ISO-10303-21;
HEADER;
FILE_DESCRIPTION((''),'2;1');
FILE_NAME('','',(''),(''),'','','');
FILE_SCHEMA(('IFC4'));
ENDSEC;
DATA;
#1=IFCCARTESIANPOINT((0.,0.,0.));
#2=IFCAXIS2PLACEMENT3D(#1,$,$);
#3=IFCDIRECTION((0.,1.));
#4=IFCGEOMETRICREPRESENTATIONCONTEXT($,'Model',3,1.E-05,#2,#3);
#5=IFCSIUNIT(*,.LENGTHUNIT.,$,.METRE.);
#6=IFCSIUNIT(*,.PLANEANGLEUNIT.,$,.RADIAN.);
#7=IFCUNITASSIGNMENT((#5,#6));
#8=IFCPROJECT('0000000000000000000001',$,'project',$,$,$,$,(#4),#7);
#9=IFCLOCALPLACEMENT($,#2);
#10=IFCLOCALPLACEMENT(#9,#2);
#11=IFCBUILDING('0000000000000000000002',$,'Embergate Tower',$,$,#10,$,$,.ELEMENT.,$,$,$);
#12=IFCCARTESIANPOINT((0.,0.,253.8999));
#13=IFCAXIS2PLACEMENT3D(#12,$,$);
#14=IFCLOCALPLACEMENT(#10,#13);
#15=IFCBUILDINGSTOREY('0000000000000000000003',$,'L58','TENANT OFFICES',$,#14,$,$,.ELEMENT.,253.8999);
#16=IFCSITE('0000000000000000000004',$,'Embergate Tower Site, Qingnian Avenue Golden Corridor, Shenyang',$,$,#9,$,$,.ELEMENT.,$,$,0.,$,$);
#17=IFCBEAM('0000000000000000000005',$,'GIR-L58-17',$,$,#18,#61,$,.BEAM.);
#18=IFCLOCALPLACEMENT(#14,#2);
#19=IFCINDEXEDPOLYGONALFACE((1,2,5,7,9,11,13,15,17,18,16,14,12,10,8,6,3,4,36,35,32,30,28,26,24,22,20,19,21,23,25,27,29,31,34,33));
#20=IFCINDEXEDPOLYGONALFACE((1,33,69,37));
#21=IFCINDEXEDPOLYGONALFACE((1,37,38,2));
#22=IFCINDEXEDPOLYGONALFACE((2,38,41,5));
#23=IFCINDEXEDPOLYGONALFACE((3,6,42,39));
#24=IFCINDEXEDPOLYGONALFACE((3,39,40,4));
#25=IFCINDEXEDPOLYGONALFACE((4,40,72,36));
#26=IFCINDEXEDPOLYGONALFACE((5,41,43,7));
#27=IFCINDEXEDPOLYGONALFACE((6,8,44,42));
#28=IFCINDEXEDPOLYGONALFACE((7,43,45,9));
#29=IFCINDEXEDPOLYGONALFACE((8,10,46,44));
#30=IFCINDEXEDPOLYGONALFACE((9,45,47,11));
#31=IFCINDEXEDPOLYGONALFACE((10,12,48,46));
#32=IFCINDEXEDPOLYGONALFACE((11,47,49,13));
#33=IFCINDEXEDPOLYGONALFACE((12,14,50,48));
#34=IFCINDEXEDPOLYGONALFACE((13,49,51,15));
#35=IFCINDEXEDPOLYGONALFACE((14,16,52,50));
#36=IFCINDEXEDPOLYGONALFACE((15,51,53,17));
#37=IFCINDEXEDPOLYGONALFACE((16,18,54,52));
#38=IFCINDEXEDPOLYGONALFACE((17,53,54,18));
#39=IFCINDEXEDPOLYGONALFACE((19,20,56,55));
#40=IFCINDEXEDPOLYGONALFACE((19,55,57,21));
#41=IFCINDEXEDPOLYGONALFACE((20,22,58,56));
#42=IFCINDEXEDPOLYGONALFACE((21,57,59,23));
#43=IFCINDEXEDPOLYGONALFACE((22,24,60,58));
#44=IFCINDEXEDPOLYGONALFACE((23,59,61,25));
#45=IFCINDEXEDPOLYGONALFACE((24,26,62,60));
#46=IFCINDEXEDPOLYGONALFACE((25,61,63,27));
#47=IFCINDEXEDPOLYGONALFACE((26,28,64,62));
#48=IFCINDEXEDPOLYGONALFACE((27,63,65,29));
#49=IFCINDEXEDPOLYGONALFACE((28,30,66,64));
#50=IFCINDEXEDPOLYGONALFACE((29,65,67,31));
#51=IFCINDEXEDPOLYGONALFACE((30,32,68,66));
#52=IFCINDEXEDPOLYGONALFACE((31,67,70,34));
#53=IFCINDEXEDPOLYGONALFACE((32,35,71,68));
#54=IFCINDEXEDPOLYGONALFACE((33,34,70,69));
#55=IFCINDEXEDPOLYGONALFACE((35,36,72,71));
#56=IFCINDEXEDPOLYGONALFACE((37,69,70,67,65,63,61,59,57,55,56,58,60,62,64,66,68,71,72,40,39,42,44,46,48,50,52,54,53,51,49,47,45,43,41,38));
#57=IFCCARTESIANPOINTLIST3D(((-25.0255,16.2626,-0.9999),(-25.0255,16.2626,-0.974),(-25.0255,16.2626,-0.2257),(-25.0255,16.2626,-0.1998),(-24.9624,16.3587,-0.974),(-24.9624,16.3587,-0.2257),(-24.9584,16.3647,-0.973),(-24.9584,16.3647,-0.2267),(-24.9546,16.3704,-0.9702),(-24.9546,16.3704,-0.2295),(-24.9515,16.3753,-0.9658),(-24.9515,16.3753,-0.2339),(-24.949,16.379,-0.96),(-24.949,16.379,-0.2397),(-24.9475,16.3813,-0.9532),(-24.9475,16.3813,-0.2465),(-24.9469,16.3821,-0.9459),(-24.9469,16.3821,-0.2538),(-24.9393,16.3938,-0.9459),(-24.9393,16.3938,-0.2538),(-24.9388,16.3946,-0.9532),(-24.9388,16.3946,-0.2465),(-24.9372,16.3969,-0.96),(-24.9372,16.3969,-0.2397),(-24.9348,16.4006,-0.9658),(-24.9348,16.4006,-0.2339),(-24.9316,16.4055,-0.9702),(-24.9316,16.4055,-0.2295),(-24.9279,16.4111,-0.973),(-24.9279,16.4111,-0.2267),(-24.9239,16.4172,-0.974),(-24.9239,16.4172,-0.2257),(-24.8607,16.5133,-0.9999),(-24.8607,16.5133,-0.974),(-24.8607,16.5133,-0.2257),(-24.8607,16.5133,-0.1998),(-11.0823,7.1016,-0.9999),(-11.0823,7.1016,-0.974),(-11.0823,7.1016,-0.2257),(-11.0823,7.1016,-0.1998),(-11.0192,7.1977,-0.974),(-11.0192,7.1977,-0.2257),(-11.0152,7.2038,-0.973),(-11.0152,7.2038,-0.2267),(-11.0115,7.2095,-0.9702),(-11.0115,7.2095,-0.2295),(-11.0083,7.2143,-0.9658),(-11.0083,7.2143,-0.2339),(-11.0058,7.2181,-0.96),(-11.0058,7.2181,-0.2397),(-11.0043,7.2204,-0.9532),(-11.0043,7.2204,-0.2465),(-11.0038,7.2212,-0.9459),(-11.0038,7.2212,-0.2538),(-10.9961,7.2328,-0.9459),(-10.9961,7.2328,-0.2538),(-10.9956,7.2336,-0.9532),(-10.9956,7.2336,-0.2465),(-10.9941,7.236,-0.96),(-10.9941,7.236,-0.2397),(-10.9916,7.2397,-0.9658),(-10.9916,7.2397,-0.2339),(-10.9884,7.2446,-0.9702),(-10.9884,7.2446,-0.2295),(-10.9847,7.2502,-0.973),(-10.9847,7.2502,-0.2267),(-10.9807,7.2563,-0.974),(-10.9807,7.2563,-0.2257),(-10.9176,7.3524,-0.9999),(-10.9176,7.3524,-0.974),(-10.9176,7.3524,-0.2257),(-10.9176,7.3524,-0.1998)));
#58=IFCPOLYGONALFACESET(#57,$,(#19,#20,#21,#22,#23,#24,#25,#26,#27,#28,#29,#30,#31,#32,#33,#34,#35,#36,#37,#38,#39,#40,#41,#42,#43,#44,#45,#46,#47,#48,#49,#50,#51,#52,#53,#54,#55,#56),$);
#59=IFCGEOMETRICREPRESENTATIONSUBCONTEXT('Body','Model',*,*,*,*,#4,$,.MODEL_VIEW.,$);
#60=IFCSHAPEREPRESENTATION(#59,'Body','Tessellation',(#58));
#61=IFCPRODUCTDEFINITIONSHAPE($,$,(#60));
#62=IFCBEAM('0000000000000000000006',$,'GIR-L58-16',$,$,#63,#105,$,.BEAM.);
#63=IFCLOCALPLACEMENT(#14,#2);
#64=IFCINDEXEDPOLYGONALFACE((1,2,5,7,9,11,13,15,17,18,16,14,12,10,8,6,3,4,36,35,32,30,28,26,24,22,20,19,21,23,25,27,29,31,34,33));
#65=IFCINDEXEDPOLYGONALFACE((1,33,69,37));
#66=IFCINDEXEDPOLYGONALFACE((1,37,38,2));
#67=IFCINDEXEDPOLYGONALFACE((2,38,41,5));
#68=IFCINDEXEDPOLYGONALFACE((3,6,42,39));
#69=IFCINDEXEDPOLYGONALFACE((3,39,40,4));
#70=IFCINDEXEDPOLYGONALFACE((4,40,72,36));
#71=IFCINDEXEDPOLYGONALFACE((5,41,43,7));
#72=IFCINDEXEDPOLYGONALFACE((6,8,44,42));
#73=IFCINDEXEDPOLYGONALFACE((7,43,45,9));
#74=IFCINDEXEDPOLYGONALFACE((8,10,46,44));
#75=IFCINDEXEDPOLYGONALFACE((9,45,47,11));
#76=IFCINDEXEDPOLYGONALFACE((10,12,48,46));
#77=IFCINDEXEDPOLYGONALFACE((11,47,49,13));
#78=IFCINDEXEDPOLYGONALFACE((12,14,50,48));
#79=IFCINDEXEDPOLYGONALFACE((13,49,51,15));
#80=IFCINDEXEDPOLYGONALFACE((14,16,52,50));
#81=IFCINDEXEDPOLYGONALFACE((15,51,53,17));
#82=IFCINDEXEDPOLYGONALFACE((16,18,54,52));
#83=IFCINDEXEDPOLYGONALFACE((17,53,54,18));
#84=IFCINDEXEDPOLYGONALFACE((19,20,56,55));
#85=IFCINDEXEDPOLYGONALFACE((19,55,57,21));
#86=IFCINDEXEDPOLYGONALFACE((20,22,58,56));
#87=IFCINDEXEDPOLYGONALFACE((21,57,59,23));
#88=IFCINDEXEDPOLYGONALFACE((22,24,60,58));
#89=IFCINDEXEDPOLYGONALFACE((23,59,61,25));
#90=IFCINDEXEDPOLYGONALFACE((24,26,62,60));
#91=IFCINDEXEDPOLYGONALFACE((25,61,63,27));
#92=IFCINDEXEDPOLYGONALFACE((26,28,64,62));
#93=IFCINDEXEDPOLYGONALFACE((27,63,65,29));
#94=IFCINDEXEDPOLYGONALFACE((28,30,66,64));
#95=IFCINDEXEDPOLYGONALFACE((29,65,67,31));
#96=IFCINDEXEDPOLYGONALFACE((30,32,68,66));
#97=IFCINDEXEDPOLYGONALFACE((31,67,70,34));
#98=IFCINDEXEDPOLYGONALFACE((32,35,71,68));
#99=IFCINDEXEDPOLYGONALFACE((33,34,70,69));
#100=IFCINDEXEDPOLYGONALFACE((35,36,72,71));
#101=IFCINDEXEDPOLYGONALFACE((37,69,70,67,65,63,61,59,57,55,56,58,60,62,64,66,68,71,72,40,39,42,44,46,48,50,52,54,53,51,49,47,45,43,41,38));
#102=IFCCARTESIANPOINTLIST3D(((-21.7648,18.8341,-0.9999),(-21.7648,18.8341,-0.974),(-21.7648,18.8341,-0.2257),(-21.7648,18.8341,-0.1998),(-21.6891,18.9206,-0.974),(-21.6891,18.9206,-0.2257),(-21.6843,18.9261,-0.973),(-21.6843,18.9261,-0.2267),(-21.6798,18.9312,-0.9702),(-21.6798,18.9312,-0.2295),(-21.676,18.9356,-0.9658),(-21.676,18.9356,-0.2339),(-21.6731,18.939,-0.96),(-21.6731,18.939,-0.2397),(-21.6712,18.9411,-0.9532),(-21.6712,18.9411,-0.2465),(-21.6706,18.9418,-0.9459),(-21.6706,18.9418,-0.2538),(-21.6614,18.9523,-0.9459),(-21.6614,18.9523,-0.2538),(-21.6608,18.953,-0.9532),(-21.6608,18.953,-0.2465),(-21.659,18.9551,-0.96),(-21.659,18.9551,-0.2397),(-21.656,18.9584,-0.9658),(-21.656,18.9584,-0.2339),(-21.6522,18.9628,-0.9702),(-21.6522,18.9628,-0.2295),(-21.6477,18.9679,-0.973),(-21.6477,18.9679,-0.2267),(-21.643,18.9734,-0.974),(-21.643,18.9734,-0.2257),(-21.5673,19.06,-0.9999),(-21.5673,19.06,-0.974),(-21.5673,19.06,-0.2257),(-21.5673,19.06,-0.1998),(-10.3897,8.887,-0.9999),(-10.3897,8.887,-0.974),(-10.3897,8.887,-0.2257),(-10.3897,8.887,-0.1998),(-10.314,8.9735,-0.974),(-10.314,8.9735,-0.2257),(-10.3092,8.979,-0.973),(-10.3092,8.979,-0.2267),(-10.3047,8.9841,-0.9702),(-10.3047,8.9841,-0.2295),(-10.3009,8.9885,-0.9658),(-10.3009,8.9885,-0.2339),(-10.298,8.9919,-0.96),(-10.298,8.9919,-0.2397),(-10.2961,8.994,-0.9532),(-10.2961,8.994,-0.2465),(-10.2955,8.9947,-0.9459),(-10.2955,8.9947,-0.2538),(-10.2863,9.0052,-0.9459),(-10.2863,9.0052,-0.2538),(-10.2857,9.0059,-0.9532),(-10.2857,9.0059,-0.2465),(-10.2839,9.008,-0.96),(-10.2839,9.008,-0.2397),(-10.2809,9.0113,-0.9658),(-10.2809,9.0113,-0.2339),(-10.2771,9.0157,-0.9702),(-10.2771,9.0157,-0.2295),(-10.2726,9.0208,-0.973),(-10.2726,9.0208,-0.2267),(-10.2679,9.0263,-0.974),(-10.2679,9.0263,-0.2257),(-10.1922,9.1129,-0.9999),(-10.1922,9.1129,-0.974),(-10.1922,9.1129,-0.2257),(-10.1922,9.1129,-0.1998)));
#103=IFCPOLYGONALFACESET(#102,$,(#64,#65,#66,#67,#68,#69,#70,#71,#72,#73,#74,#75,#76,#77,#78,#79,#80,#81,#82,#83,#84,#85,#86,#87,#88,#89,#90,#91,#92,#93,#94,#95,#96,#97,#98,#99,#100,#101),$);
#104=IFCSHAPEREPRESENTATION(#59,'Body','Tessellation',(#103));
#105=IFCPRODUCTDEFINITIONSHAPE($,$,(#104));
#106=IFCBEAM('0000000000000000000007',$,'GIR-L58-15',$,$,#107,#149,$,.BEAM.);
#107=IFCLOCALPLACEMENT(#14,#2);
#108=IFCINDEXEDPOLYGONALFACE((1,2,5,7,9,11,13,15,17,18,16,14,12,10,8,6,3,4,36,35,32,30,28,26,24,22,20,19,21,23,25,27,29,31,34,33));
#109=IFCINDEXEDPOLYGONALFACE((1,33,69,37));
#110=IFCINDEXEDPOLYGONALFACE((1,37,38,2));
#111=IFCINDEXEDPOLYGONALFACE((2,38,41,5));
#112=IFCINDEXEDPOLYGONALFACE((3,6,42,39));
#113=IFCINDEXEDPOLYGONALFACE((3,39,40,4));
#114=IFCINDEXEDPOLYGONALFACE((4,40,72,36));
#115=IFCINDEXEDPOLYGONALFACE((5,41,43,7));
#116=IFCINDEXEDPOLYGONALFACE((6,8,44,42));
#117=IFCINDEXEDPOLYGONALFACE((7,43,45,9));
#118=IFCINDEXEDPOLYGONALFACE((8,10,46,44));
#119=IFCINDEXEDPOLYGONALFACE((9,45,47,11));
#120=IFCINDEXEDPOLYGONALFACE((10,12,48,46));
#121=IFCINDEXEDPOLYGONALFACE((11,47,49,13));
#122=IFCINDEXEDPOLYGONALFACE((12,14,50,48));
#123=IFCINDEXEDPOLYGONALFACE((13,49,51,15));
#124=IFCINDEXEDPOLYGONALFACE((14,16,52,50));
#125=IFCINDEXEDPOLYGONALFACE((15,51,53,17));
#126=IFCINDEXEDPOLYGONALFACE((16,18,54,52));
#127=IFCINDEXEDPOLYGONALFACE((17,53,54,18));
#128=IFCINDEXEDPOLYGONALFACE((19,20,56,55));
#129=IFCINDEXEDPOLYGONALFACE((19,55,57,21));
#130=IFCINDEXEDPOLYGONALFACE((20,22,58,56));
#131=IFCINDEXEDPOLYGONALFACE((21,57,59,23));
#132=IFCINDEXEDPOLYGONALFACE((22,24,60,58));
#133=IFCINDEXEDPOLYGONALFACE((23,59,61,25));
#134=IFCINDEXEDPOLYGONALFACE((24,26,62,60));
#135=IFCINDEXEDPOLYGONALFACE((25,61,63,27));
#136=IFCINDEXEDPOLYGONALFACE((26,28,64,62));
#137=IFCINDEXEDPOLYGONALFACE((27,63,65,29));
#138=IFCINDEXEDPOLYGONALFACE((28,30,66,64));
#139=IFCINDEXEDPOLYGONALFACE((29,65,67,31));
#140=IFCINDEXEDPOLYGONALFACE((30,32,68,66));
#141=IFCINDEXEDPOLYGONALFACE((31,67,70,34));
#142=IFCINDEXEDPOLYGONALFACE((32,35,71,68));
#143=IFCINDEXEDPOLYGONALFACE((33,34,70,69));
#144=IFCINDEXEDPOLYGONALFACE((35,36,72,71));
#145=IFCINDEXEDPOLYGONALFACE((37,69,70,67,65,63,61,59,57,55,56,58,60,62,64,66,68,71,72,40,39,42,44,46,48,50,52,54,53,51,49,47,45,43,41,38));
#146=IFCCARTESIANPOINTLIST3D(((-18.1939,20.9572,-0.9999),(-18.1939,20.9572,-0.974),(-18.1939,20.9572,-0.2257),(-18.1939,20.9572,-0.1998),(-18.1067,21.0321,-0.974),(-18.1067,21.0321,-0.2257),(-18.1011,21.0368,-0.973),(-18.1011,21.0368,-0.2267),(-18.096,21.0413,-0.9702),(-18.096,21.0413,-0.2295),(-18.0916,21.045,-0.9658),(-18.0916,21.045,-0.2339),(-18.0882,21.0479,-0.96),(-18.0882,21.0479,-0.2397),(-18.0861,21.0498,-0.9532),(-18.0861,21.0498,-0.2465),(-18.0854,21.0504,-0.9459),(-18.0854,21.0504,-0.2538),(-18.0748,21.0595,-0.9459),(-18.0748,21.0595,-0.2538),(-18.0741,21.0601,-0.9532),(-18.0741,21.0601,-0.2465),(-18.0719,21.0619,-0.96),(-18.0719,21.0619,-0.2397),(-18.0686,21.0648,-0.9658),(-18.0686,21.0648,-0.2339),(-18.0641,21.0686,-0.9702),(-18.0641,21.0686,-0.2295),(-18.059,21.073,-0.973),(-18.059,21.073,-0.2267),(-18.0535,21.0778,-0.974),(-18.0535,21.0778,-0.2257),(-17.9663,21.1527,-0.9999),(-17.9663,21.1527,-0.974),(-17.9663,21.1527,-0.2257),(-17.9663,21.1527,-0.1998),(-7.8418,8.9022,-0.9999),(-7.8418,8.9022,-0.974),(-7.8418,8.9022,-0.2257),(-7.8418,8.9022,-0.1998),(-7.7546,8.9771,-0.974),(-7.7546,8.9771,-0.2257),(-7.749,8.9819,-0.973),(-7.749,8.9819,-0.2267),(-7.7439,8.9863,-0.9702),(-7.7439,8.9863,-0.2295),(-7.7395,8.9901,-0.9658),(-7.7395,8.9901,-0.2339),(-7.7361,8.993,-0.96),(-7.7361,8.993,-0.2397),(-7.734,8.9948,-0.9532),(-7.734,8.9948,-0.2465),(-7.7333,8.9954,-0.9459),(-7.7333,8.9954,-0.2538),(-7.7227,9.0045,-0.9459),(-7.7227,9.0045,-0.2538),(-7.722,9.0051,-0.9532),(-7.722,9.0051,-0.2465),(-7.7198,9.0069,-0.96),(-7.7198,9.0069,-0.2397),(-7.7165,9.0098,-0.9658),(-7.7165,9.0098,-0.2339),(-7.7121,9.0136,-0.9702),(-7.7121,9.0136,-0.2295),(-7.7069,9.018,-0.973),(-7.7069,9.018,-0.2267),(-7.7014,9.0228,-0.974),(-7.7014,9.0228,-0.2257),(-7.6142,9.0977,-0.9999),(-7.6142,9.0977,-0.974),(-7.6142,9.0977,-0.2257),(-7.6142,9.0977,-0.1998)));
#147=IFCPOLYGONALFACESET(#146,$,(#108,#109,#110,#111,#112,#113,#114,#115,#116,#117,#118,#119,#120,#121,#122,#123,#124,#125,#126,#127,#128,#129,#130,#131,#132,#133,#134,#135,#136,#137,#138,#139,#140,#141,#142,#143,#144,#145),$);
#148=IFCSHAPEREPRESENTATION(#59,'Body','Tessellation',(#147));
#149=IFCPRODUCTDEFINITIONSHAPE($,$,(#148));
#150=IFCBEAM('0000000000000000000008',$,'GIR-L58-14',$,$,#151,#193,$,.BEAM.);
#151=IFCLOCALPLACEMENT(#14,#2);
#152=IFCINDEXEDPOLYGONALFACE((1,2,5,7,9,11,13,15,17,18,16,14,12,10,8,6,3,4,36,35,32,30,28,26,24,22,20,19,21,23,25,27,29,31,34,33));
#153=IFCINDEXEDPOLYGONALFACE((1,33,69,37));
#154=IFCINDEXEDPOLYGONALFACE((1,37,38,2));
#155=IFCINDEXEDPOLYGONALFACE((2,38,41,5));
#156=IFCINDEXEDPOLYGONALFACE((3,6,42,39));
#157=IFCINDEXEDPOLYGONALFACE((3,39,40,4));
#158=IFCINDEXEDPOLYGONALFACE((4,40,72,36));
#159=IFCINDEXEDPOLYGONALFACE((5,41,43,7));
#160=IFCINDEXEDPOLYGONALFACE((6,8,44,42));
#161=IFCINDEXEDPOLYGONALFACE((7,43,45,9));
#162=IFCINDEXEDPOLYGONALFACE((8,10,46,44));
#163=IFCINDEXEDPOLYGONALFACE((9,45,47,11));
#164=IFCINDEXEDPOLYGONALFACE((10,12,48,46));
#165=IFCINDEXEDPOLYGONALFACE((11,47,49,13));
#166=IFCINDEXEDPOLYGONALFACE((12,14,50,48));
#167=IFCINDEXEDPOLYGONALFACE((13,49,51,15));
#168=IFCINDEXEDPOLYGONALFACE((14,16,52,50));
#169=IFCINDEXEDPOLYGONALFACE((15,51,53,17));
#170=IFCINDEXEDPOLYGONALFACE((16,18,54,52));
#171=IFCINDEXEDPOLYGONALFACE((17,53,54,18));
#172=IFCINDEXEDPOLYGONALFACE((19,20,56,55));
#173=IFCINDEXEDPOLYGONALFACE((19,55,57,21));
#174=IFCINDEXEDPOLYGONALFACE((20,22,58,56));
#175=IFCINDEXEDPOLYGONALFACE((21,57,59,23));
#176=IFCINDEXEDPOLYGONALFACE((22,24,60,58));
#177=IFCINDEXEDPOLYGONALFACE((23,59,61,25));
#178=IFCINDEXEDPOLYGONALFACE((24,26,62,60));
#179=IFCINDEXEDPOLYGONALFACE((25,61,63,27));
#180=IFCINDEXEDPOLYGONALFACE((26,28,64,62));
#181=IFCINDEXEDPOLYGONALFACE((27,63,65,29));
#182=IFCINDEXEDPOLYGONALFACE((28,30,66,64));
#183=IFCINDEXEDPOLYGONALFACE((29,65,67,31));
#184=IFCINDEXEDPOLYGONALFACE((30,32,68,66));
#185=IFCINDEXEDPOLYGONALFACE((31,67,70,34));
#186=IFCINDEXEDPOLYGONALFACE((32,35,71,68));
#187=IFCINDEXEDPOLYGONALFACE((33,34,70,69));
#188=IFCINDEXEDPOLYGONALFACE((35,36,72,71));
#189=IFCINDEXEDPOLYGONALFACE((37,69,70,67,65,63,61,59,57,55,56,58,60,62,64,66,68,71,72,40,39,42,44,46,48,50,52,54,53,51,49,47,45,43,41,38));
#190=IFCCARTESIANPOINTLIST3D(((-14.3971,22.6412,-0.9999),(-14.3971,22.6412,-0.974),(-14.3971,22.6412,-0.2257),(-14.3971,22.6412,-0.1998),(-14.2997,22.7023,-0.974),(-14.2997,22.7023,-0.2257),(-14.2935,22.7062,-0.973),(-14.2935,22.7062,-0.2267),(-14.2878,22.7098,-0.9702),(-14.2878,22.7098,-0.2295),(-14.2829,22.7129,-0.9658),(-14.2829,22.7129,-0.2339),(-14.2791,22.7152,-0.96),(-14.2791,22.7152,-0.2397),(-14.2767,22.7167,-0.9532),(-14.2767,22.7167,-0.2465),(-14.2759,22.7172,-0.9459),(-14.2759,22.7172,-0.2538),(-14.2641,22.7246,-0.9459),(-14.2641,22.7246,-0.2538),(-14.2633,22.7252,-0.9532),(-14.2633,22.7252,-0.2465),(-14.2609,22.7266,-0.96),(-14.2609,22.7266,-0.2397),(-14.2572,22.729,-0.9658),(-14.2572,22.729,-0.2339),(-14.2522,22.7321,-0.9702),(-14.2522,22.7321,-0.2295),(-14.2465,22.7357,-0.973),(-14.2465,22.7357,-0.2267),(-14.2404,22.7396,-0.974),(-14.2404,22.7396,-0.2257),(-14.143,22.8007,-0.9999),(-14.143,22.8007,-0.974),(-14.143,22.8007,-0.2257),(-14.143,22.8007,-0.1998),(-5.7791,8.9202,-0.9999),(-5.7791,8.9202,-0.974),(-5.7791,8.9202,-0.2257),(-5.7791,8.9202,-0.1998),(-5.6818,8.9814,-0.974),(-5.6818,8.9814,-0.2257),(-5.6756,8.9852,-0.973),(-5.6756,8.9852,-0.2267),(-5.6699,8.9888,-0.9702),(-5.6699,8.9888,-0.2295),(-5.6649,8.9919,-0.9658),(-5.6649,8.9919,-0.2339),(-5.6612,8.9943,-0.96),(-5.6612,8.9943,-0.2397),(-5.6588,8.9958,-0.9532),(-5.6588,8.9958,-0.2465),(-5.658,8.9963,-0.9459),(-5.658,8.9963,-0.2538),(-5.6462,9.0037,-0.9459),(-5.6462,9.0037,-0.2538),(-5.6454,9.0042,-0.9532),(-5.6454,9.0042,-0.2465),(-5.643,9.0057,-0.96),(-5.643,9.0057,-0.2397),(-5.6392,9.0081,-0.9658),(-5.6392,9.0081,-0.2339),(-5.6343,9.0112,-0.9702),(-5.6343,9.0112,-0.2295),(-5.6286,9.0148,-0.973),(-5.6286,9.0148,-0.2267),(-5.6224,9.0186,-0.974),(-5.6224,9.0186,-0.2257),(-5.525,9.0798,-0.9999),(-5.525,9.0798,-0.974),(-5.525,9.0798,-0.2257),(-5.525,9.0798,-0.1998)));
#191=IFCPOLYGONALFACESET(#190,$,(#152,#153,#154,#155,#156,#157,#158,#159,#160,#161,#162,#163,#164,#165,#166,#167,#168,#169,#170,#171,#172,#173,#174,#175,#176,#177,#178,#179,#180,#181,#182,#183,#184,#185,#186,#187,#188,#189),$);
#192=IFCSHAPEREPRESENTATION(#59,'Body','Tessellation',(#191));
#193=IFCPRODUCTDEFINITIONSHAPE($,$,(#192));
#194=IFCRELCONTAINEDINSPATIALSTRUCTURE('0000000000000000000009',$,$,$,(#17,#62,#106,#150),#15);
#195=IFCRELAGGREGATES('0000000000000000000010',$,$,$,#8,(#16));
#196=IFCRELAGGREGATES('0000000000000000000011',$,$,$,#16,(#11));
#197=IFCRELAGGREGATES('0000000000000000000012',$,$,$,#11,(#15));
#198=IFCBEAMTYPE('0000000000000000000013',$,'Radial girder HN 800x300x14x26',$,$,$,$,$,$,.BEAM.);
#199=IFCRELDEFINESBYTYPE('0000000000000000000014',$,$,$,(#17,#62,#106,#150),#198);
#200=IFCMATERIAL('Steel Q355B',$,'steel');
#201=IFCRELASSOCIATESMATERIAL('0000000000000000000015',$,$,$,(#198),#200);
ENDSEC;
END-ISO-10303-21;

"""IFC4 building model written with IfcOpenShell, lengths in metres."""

from ifc_helpers import new_model, si_unit, direction, frame, origin, origin_2d, place, context, subcontext, project, spatial, i_section, extrude, source, transform, mapped, material, material_profile, profile_set, type_object, element, save


model = new_model("IFC4")

# Units and contexts
model_context = context("Model", 3, precision=1e-05, world=origin(), true_north=direction((0.0, 1.0)))
body_context = subcontext(model_context, "Body", "Model", "MODEL_VIEW")
ifc_project = project(units=[si_unit("LENGTHUNIT", "METRE"), si_unit("PLANEANGLEUNIT", "RADIAN")], contexts=[model_context])

# Site, building, storey
site_placement = place(None, origin())
site = spatial("IfcSite", under=ifc_project, at=site_placement, Name="Embergate Tower Site, Qingnian Avenue Golden Corridor, Shenyang", CompositionType="ELEMENT", RefElevation=0.0)
building_placement = place(site_placement, origin())
building = spatial("IfcBuilding", under=site, at=building_placement, Name="Embergate Tower", CompositionType="ELEMENT")
storey_placement = place(building_placement, frame((0.0, 0.0, 253.8999)))
storey = spatial("IfcBuildingStorey", under=building, at=storey_placement, Name="L58", Description="TENANT OFFICES", CompositionType="ELEMENT", Elevation=253.8999)

# Beams
ifc_material_1 = material(Name="Steel Q355B", Category="steel")
ifc_material_profile_1 = material_profile(ifc_material_1, i_section(OverallWidth=0.3, OverallDepth=0.8, WebThickness=0.0139, FlangeThickness=0.0259, FilletRadius=0.0281, at=origin_2d()), Name="HN 800x300x14x26")
ifc_profile_set_1 = profile_set([ifc_material_profile_1], Name="Steel Q355 grade B")
beam_type_1 = type_object("IfcBeamType", Name="Radial girder HN 800x300x14x26", PredefinedType="BEAM", material=ifc_profile_set_1)
shared_shape_1 = source(origin(), body_context, "Body", "SweptSolid", [
    extrude(i_section(OverallWidth=0.3, OverallDepth=0.8, WebThickness=0.0139, FlangeThickness=0.0259, FilletRadius=0.0281, at=origin_2d()), origin(), (0.0, 0.0, 1.0), 16.6833),
])
beam_1_placement = place(storey_placement, frame((-24.9431, 16.3879, -0.5999), z_axis=(0.835753, -0.549105, 0.0), x_axis=(0.549105, 0.835753, 0.0)))
element("IfcBeam", 1, at=beam_1_placement, inside=storey, type_object=beam_type_1, Name="GIR-L58-17", PredefinedType="BEAM", context=body_context, shape_type="MappedRepresentation", body=[
    mapped(shared_shape_1, transform((0.0, 0.0, 0.0))),
])
shared_shape_2 = source(origin(), body_context, "Body", "SweptSolid", [
    extrude(i_section(OverallWidth=0.3, OverallDepth=0.8, WebThickness=0.0139, FlangeThickness=0.0259, FilletRadius=0.0281, at=origin_2d()), origin(), (0.0, 0.0, 1.0), 15.1108),
])
beam_2_placement = place(storey_placement, frame((-21.666, 18.947, -0.5999), z_axis=(0.752777, -0.658276, 0.0), x_axis=(0.658276, 0.752777, 0.0)))
element("IfcBeam", 2, at=beam_2_placement, inside=storey, type_object=beam_type_1, Name="GIR-L58-16", PredefinedType="BEAM", context=body_context, shape_type="MappedRepresentation", body=[
    mapped(shared_shape_2, transform((0.0, 0.0, 0.0))),
])
shared_shape_3 = source(origin(), body_context, "Body", "SweptSolid", [
    extrude(i_section(OverallWidth=0.3, OverallDepth=0.8, WebThickness=0.0139, FlangeThickness=0.0259, FilletRadius=0.0281, at=origin_2d()), origin(), (0.0, 0.0, 1.0), 15.8899),
])
beam_3_placement = place(storey_placement, frame((-18.0801, 21.0549, -0.5999), z_axis=(0.65149, -0.758658, 0.0), x_axis=(0.758658, 0.65149, 0.0)))
element("IfcBeam", 3, at=beam_3_placement, inside=storey, type_object=beam_type_1, Name="GIR-L58-15", PredefinedType="BEAM", context=body_context, shape_type="MappedRepresentation", body=[
    mapped(shared_shape_3, transform((0.0, 0.0, 0.0))),
])
shared_shape_4 = source(origin(), body_context, "Body", "SweptSolid", [
    extrude(i_section(OverallWidth=0.3, OverallDepth=0.8, WebThickness=0.0139, FlangeThickness=0.0259, FilletRadius=0.0281, at=origin_2d()), origin(), (0.0, 0.0, 1.0), 16.2029),
])
beam_4_placement = place(storey_placement, frame((-14.27, 22.7209, -0.5999), z_axis=(0.531876, -0.846822, 0.0), x_axis=(0.846822, 0.531876, 0.0)))
element("IfcBeam", 4, at=beam_4_placement, inside=storey, type_object=beam_type_1, Name="GIR-L58-14", PredefinedType="BEAM", context=body_context, shape_type="MappedRepresentation", body=[
    mapped(shared_shape_4, transform((0.0, 0.0, 0.0))),
])

save(model, "model.ifc")
